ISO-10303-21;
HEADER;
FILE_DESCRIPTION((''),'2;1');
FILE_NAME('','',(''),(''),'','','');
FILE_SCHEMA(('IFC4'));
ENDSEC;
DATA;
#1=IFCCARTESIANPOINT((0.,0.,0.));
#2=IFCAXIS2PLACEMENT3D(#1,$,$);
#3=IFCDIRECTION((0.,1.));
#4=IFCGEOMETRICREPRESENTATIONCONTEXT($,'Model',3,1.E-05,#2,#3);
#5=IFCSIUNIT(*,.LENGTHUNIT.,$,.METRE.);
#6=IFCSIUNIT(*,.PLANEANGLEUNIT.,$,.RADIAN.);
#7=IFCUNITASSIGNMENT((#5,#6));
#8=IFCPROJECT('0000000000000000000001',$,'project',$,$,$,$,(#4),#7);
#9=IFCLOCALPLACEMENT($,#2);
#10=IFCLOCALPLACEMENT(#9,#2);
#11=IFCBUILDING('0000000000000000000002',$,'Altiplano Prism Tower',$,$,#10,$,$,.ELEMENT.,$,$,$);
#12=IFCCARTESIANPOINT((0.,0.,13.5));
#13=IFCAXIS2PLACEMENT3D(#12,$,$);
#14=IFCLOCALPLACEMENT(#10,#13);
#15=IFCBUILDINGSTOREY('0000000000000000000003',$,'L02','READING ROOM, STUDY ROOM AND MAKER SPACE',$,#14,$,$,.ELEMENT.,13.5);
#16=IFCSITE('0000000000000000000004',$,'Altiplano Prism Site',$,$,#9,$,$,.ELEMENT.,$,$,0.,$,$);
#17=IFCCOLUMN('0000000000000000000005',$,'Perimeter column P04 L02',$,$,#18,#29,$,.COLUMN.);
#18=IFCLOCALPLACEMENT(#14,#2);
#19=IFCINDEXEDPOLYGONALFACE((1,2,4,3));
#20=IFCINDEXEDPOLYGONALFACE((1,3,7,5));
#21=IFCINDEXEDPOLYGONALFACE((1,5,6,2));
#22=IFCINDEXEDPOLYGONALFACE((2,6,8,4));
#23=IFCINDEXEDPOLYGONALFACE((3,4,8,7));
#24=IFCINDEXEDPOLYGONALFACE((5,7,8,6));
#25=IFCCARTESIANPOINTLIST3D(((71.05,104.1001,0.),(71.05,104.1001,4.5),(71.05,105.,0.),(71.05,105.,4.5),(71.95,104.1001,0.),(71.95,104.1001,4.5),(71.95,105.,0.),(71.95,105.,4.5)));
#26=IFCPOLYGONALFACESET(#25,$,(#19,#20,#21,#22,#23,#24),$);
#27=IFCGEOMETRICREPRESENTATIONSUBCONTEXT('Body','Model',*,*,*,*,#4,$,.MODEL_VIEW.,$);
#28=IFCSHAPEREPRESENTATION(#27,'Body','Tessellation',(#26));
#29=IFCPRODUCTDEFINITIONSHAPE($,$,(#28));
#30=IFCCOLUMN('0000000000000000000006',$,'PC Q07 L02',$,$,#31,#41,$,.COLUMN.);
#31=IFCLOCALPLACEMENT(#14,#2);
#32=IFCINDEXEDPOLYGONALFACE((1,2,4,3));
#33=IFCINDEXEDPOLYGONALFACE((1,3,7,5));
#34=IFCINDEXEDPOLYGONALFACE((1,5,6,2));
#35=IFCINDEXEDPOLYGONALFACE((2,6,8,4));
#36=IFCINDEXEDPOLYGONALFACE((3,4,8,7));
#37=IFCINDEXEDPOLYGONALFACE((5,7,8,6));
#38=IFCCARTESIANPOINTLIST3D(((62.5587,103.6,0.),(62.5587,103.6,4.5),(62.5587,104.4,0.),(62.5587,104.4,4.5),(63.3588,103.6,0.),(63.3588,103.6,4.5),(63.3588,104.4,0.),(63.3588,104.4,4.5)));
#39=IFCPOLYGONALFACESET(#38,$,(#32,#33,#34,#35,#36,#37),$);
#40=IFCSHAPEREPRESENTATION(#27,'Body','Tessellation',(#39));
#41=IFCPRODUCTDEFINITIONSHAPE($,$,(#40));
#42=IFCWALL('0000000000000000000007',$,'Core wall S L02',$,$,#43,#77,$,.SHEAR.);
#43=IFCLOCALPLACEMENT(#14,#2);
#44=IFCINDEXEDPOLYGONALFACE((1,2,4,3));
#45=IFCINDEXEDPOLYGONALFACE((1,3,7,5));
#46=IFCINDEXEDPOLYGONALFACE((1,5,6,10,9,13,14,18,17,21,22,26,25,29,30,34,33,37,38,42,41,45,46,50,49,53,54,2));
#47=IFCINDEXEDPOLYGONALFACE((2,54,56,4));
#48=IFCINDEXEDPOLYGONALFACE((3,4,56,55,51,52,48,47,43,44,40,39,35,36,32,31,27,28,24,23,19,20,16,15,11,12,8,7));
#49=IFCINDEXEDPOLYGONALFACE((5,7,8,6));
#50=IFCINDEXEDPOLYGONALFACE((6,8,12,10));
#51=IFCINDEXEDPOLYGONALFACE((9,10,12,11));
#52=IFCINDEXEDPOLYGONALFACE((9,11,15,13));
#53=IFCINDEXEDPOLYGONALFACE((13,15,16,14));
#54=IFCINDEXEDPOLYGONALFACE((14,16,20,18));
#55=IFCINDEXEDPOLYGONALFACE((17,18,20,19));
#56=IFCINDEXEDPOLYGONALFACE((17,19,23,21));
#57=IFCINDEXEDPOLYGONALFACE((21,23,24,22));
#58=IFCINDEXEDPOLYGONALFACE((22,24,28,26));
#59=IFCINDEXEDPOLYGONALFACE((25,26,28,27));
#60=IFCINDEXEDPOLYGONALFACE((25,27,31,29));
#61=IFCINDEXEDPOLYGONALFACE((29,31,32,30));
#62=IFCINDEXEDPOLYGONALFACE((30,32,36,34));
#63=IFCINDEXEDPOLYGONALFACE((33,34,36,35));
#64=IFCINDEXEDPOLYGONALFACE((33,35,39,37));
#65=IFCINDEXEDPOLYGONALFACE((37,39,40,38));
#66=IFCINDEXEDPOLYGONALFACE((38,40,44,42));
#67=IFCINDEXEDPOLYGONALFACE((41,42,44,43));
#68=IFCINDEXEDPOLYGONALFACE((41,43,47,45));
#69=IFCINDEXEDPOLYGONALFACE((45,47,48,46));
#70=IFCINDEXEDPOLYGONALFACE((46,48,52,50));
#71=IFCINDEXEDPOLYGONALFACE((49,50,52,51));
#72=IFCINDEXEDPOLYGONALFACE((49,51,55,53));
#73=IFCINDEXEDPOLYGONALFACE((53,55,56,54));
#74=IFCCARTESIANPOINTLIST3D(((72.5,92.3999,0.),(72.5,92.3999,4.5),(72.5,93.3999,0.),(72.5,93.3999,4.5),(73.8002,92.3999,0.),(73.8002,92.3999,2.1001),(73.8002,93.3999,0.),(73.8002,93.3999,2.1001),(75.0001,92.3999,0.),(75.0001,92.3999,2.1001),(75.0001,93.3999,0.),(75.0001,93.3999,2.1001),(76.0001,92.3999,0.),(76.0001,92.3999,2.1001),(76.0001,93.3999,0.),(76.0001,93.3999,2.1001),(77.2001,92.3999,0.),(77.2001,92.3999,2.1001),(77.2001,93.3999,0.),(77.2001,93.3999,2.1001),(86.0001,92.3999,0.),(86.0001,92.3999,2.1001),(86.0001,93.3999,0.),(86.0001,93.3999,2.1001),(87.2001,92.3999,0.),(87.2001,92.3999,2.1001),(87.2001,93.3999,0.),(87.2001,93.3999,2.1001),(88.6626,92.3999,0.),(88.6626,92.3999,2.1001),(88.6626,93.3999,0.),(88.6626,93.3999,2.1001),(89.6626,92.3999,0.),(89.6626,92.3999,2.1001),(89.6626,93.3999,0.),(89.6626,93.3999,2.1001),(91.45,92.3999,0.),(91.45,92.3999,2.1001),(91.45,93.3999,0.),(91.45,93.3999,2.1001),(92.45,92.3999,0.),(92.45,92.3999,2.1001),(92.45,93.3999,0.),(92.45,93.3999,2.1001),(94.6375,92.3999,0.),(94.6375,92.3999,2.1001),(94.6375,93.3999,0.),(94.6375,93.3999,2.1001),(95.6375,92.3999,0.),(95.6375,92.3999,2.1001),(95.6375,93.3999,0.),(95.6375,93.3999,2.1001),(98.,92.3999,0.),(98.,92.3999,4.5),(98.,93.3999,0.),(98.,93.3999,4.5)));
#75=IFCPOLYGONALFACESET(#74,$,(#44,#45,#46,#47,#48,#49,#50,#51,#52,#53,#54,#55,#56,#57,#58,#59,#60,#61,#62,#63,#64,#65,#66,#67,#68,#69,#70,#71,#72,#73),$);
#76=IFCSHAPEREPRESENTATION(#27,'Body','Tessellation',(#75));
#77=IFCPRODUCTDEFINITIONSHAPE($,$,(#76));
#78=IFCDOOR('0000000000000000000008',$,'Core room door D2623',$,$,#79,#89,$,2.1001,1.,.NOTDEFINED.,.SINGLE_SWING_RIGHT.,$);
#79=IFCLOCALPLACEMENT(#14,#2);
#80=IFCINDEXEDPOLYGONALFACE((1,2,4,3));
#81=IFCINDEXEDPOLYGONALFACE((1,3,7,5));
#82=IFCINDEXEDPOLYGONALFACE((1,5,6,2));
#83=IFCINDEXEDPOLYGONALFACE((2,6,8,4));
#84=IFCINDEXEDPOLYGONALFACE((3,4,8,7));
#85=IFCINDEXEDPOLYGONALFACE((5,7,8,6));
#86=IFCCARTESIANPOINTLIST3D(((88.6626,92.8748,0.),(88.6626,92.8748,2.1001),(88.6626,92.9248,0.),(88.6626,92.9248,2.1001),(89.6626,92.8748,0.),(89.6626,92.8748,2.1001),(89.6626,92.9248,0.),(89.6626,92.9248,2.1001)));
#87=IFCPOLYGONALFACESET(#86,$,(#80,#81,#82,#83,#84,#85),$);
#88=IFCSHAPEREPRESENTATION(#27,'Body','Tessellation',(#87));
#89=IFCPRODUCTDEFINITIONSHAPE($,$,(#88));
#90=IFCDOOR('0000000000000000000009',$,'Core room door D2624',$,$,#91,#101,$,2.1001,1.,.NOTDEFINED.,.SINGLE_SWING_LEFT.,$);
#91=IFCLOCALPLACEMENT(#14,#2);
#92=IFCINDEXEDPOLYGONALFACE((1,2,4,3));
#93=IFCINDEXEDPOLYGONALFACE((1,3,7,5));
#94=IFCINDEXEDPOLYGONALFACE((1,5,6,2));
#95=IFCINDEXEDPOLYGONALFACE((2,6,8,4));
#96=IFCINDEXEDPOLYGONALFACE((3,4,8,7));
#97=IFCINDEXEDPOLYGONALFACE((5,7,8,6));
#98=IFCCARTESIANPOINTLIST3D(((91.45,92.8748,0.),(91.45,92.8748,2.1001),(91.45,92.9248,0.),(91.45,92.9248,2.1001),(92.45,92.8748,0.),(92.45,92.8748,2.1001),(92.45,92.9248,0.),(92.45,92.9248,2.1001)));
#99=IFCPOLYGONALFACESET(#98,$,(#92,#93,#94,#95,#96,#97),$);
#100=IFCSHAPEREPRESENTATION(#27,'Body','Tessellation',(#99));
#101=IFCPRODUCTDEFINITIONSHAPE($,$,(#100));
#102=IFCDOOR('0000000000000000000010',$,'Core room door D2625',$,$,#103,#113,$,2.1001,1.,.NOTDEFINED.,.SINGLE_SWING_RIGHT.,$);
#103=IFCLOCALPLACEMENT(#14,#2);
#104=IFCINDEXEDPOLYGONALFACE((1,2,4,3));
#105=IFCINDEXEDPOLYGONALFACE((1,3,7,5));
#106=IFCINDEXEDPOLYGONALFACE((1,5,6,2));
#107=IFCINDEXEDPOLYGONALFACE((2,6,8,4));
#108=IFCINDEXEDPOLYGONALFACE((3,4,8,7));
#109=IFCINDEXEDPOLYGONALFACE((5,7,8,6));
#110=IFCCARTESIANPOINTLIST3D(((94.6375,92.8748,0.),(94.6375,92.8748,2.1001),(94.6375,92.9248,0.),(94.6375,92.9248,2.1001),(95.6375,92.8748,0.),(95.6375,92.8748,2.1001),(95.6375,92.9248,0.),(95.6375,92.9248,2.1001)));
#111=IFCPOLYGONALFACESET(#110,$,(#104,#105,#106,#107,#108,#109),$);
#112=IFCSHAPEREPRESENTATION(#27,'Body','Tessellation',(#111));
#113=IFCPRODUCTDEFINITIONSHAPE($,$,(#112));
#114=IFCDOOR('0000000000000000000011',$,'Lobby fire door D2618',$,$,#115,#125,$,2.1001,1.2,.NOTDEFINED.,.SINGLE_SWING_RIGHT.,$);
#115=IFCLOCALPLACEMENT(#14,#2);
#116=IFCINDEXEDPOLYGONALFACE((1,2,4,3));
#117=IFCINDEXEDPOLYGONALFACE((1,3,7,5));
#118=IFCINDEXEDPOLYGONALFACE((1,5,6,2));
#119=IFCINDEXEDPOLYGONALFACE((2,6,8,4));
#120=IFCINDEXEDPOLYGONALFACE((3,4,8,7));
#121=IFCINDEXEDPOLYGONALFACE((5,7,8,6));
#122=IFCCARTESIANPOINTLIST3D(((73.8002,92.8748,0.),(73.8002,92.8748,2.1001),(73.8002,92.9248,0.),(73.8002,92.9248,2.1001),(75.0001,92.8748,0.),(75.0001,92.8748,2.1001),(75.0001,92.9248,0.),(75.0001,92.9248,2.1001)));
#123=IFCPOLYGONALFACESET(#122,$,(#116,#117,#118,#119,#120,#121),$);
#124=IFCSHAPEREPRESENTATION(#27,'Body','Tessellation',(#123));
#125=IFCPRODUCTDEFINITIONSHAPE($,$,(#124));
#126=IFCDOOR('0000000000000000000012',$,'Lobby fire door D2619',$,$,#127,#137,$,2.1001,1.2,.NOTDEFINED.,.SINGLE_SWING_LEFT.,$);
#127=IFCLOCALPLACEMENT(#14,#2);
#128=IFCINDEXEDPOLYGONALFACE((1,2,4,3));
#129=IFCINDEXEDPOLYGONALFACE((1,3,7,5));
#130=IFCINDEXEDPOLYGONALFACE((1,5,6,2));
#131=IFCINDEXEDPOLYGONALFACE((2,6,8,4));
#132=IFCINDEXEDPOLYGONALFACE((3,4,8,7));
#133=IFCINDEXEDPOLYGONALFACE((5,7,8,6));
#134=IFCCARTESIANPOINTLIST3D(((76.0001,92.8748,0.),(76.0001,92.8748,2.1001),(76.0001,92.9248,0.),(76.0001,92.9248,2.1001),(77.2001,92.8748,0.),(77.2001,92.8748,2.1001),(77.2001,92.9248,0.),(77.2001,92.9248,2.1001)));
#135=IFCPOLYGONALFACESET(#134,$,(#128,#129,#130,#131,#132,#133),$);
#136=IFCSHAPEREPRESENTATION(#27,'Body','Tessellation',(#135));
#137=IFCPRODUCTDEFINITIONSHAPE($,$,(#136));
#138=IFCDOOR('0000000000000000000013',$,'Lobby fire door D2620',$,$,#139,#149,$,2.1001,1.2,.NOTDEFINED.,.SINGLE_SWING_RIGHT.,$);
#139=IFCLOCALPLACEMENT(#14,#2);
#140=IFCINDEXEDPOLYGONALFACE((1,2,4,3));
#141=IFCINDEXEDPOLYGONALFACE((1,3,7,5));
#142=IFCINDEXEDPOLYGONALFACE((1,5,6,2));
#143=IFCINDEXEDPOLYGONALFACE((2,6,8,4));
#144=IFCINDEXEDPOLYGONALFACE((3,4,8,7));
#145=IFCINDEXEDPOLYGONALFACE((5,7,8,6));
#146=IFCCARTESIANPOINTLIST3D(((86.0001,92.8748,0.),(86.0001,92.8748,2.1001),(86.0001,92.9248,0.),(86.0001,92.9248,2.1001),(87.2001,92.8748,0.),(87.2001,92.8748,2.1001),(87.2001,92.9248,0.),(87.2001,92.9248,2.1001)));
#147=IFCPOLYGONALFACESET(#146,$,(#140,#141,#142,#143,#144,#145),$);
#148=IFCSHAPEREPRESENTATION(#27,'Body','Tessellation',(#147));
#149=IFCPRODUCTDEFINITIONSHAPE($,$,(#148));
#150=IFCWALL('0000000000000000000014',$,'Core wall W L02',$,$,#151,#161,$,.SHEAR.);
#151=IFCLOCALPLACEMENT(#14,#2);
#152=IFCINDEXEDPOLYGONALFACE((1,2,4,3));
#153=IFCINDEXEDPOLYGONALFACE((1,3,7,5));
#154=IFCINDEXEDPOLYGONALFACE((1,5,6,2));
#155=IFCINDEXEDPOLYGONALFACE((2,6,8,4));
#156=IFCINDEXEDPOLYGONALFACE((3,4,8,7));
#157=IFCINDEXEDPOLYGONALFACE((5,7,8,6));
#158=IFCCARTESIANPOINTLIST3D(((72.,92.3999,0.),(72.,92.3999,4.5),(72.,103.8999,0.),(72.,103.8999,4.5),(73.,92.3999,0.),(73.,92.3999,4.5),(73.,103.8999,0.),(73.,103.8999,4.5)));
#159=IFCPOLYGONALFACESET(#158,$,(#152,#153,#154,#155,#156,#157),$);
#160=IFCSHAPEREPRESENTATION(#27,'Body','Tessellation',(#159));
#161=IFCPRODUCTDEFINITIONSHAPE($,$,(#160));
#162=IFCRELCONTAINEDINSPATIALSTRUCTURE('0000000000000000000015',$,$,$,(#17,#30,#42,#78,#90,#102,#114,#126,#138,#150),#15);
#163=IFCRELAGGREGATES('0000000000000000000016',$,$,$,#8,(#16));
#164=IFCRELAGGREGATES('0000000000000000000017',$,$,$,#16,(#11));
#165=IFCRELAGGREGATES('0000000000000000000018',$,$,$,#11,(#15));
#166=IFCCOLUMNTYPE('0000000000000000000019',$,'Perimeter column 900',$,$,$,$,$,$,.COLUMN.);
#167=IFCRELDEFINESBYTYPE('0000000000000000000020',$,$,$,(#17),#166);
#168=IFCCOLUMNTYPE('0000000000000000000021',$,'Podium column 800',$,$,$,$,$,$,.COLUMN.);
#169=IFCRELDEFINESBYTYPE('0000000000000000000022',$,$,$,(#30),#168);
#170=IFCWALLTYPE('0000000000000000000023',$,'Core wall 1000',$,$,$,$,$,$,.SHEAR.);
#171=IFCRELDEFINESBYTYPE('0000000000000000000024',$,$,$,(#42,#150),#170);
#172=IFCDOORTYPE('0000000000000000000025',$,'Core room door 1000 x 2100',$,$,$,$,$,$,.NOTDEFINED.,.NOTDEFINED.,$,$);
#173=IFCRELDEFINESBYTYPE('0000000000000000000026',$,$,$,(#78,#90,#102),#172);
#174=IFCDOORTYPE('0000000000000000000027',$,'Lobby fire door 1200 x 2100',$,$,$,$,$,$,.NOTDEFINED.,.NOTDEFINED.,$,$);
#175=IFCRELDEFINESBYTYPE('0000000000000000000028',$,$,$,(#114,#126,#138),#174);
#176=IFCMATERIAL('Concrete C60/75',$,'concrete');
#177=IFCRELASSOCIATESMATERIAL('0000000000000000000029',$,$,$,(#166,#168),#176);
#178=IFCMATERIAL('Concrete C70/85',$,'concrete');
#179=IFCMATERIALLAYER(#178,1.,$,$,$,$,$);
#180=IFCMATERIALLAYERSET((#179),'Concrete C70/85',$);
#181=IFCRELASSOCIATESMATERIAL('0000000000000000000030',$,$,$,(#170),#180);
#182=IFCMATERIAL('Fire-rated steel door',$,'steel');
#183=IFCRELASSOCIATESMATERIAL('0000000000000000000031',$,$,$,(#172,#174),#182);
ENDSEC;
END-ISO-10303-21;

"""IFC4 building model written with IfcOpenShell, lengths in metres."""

from ifc_helpers import new_model, si_unit, direction, frame, frame_2d, origin, origin_2d, place, context, subcontext, project, spatial, rectangle, extrude, material, layer, layer_set, material_profile, profile_set, type_object, element, fill, save


model = new_model("IFC4")

# Units and contexts
model_context = context("Model", 3, precision=1e-05, world=origin(), true_north=direction((0.0, 1.0)))
body_context = subcontext(model_context, "Body", "Model", "MODEL_VIEW")
ifc_project = project(units=[si_unit("LENGTHUNIT", "METRE"), si_unit("PLANEANGLEUNIT", "RADIAN")], contexts=[model_context])

# Site, building, storey
site_placement = place(None, origin())
site = spatial("IfcSite", under=ifc_project, at=site_placement, Name="Altiplano Prism Site", CompositionType="ELEMENT", RefElevation=0.0)
building_placement = place(site_placement, origin())
building = spatial("IfcBuilding", under=site, at=building_placement, Name="Altiplano Prism Tower", CompositionType="ELEMENT")
storey_placement = place(building_placement, frame((0.0, 0.0, 13.5)))
storey = spatial("IfcBuildingStorey", under=building, at=storey_placement, Name="L02", Description="READING ROOM, STUDY ROOM AND MAKER SPACE", CompositionType="ELEMENT", Elevation=13.5)

# Columns
ifc_material_1 = material(Name="Concrete C60/75", Category="concrete")
ifc_material_profile_1 = material_profile(ifc_material_1, rectangle(XDim=0.8999, YDim=0.8999, at=origin_2d()), Name="Perimeter column 900")
ifc_profile_set_1 = profile_set([ifc_material_profile_1], Name="Concrete C60/75")
column_type_1 = type_object("IfcColumnType", Name="Perimeter column 900", PredefinedType="COLUMN", material=ifc_profile_set_1)
column_1_placement = place(storey_placement, frame((71.5, 104.55, 0.0), z_axis=(0.0, 0.0, 1.0), x_axis=(1.0, 0.0, 0.0)))
element("IfcColumn", 1, at=column_1_placement, inside=storey, type_object=column_type_1, Name="Perimeter column P04 L02", PredefinedType="COLUMN", context=body_context, shape_type="SweptSolid", body=[
    extrude(rectangle(XDim=0.8999, YDim=0.8999, at=origin_2d()), origin(), (0.0, 0.0, 1.0), 4.5),
])
ifc_material_profile_2 = material_profile(ifc_material_1, rectangle(XDim=0.8, YDim=0.8, at=origin_2d()), Name="Podium column 800")
ifc_profile_set_2 = profile_set([ifc_material_profile_2], Name="Concrete C60/75")
column_type_2 = type_object("IfcColumnType", Name="Podium column 800", PredefinedType="COLUMN", material=ifc_profile_set_2)
column_2_placement = place(storey_placement, frame((62.9587, 104.0, 0.0), z_axis=(0.0, 0.0, 1.0), x_axis=(1.0, 0.0, 0.0)))
element("IfcColumn", 2, at=column_2_placement, inside=storey, type_object=column_type_2, Name="PC Q07 L02", PredefinedType="COLUMN", context=body_context, shape_type="SweptSolid", body=[
    extrude(rectangle(XDim=0.8, YDim=0.8, at=origin_2d()), origin(), (0.0, 0.0, 1.0), 4.5),
])

# Wall, openings, doors
ifc_material_2 = material(Name="Concrete C70/85", Category="concrete")
ifc_layer_1 = layer(ifc_material_2, 1.0)
ifc_layer_set_1 = layer_set([ifc_layer_1], Name="Concrete C70/85")
wall_type_1 = type_object("IfcWallType", Name="Core wall 1000", PredefinedType="SHEAR", material=ifc_layer_set_1)
wall_1_placement = place(storey_placement, frame((72.5, 92.8999, 0.0), z_axis=(0.0, 0.0, 1.0), x_axis=(1.0, 0.0, 0.0)))
wall_1 = element("IfcWall", 3, at=wall_1_placement, inside=storey, type_object=wall_type_1, Name="Core wall S L02", PredefinedType="SHEAR", context=body_context, shape_type="SweptSolid", body=[
    extrude(rectangle(XDim=25.5, YDim=1.0, at=frame_2d((12.75, 0.0))), origin(), (0.0, 0.0, 1.0), 4.5),
])
opening_1_placement = place(wall_1_placement, frame((1.3, 0.0, 0.0)))
opening_1 = element("IfcOpeningElement", 4, at=opening_1_placement, cuts=wall_1, PredefinedType="OPENING", context=body_context, shape_type="SweptSolid", body=[
    extrude(rectangle(XDim=1.2, YDim=2.1001, at=frame_2d((0.6001, 1.05))), frame((0.0, 0.5105, 0.0), z_axis=(0.0, -1.0, 0.0), x_axis=(1.0, 0.0, 0.0)), (0.0, 0.0, 1.0), 1.021),
])
opening_2_placement = place(wall_1_placement, frame((3.5, 0.0, 0.0)))
opening_2 = element("IfcOpeningElement", 5, at=opening_2_placement, cuts=wall_1, PredefinedType="OPENING", context=body_context, shape_type="SweptSolid", body=[
    extrude(rectangle(XDim=1.2, YDim=2.1001, at=frame_2d((0.6001, 1.05))), frame((0.0, 0.5105, 0.0), z_axis=(0.0, -1.0, 0.0), x_axis=(1.0, 0.0, 0.0)), (0.0, 0.0, 1.0), 1.021),
])
opening_3_placement = place(wall_1_placement, frame((13.5, 0.0, 0.0)))
opening_3 = element("IfcOpeningElement", 6, at=opening_3_placement, cuts=wall_1, PredefinedType="OPENING", context=body_context, shape_type="SweptSolid", body=[
    extrude(rectangle(XDim=1.2, YDim=2.1001, at=frame_2d((0.6001, 1.05))), frame((0.0, 0.5105, 0.0), z_axis=(0.0, -1.0, 0.0), x_axis=(1.0, 0.0, 0.0)), (0.0, 0.0, 1.0), 1.021),
])
opening_4_placement = place(wall_1_placement, frame((16.1626, 0.0, 0.0)))
opening_4 = element("IfcOpeningElement", 7, at=opening_4_placement, cuts=wall_1, PredefinedType="OPENING", context=body_context, shape_type="SweptSolid", body=[
    extrude(rectangle(XDim=1.0, YDim=2.1001, at=frame_2d((0.5, 1.05))), frame((0.0, 0.5105, 0.0), z_axis=(0.0, -1.0, 0.0), x_axis=(1.0, 0.0, 0.0)), (0.0, 0.0, 1.0), 1.021),
])
opening_5_placement = place(wall_1_placement, frame((18.95, 0.0, 0.0)))
opening_5 = element("IfcOpeningElement", 8, at=opening_5_placement, cuts=wall_1, PredefinedType="OPENING", context=body_context, shape_type="SweptSolid", body=[
    extrude(rectangle(XDim=1.0, YDim=2.1001, at=frame_2d((0.5, 1.05))), frame((0.0, 0.5105, 0.0), z_axis=(0.0, -1.0, 0.0), x_axis=(1.0, 0.0, 0.0)), (0.0, 0.0, 1.0), 1.021),
])
opening_6_placement = place(wall_1_placement, frame((22.1375, 0.0, 0.0)))
opening_6 = element("IfcOpeningElement", 9, at=opening_6_placement, cuts=wall_1, PredefinedType="OPENING", context=body_context, shape_type="SweptSolid", body=[
    extrude(rectangle(XDim=1.0, YDim=2.1001, at=frame_2d((0.5, 1.05))), frame((0.0, 0.5105, 0.0), z_axis=(0.0, -1.0, 0.0), x_axis=(1.0, 0.0, 0.0)), (0.0, 0.0, 1.0), 1.021),
])
ifc_material_3 = material(Name="Fire-rated steel door", Category="steel")
door_type_1 = type_object("IfcDoorType", Name="Core room door 1000 x 2100", OperationType="NOTDEFINED", PredefinedType="NOTDEFINED", material=ifc_material_3)
door_1_placement = place(opening_4_placement, origin())
door_1 = element("IfcDoor", 10, at=door_1_placement, inside=storey, type_object=door_type_1, Name="Core room door D2623", OperationType="SINGLE_SWING_RIGHT", OverallHeight=2.1001, OverallWidth=1.0, PredefinedType="NOTDEFINED", context=body_context, shape_type="SweptSolid", body=[
    extrude(rectangle(XDim=1.0, YDim=2.1001, at=frame_2d((0.5, 1.05))), frame((0.0, 0.0249, 0.0), z_axis=(0.0, -1.0, 0.0), x_axis=(1.0, 0.0, 0.0)), (0.0, 0.0, 1.0), 0.05),
])
fill(opening_4, door_1)
door_2_placement = place(opening_5_placement, origin())
door_2 = element("IfcDoor", 11, at=door_2_placement, inside=storey, type_object=door_type_1, Name="Core room door D2624", OperationType="SINGLE_SWING_LEFT", OverallHeight=2.1001, OverallWidth=1.0, PredefinedType="NOTDEFINED", context=body_context, shape_type="SweptSolid", body=[
    extrude(rectangle(XDim=1.0, YDim=2.1001, at=frame_2d((0.5, 1.05))), frame((0.0, 0.0249, 0.0), z_axis=(0.0, -1.0, 0.0), x_axis=(1.0, 0.0, 0.0)), (0.0, 0.0, 1.0), 0.05),
])
fill(opening_5, door_2)
door_3_placement = place(opening_6_placement, origin())
door_3 = element("IfcDoor", 12, at=door_3_placement, inside=storey, type_object=door_type_1, Name="Core room door D2625", OperationType="SINGLE_SWING_RIGHT", OverallHeight=2.1001, OverallWidth=1.0, PredefinedType="NOTDEFINED", context=body_context, shape_type="SweptSolid", body=[
    extrude(rectangle(XDim=1.0, YDim=2.1001, at=frame_2d((0.5, 1.05))), frame((0.0, 0.0249, 0.0), z_axis=(0.0, -1.0, 0.0), x_axis=(1.0, 0.0, 0.0)), (0.0, 0.0, 1.0), 0.05),
])
fill(opening_6, door_3)
door_type_2 = type_object("IfcDoorType", Name="Lobby fire door 1200 x 2100", OperationType="NOTDEFINED", PredefinedType="NOTDEFINED", material=ifc_material_3)
door_4_placement = place(opening_1_placement, origin())
door_4 = element("IfcDoor", 13, at=door_4_placement, inside=storey, type_object=door_type_2, Name="Lobby fire door D2618", OperationType="SINGLE_SWING_RIGHT", OverallHeight=2.1001, OverallWidth=1.2, PredefinedType="NOTDEFINED", context=body_context, shape_type="SweptSolid", body=[
    extrude(rectangle(XDim=1.2, YDim=2.1001, at=frame_2d((0.6001, 1.05))), frame((0.0, 0.0249, 0.0), z_axis=(0.0, -1.0, 0.0), x_axis=(1.0, 0.0, 0.0)), (0.0, 0.0, 1.0), 0.05),
])
fill(opening_1, door_4)
door_5_placement = place(opening_2_placement, origin())
door_5 = element("IfcDoor", 14, at=door_5_placement, inside=storey, type_object=door_type_2, Name="Lobby fire door D2619", OperationType="SINGLE_SWING_LEFT", OverallHeight=2.1001, OverallWidth=1.2, PredefinedType="NOTDEFINED", context=body_context, shape_type="SweptSolid", body=[
    extrude(rectangle(XDim=1.2, YDim=2.1001, at=frame_2d((0.6001, 1.05))), frame((0.0, 0.0249, 0.0), z_axis=(0.0, -1.0, 0.0), x_axis=(1.0, 0.0, 0.0)), (0.0, 0.0, 1.0), 0.05),
])
fill(opening_2, door_5)
door_6_placement = place(opening_3_placement, origin())
door_6 = element("IfcDoor", 15, at=door_6_placement, inside=storey, type_object=door_type_2, Name="Lobby fire door D2620", OperationType="SINGLE_SWING_RIGHT", OverallHeight=2.1001, OverallWidth=1.2, PredefinedType="NOTDEFINED", context=body_context, shape_type="SweptSolid", body=[
    extrude(rectangle(XDim=1.2, YDim=2.1001, at=frame_2d((0.6001, 1.05))), frame((0.0, 0.0249, 0.0), z_axis=(0.0, -1.0, 0.0), x_axis=(1.0, 0.0, 0.0)), (0.0, 0.0, 1.0), 0.05),
])
fill(opening_3, door_6)

# Wall
wall_2_placement = place(storey_placement, frame((72.5, 103.8999, 0.0), z_axis=(0.0, 0.0, 1.0), x_axis=(0.0, -1.0, 0.0)))
element("IfcWall", 16, at=wall_2_placement, inside=storey, type_object=wall_type_1, Name="Core wall W L02", PredefinedType="SHEAR", context=body_context, shape_type="SweptSolid", body=[
    extrude(rectangle(XDim=11.5, YDim=1.0, at=frame_2d((5.75, 0.0))), origin(), (0.0, 0.0, 1.0), 4.5),
])

save(model, "model.ifc")
